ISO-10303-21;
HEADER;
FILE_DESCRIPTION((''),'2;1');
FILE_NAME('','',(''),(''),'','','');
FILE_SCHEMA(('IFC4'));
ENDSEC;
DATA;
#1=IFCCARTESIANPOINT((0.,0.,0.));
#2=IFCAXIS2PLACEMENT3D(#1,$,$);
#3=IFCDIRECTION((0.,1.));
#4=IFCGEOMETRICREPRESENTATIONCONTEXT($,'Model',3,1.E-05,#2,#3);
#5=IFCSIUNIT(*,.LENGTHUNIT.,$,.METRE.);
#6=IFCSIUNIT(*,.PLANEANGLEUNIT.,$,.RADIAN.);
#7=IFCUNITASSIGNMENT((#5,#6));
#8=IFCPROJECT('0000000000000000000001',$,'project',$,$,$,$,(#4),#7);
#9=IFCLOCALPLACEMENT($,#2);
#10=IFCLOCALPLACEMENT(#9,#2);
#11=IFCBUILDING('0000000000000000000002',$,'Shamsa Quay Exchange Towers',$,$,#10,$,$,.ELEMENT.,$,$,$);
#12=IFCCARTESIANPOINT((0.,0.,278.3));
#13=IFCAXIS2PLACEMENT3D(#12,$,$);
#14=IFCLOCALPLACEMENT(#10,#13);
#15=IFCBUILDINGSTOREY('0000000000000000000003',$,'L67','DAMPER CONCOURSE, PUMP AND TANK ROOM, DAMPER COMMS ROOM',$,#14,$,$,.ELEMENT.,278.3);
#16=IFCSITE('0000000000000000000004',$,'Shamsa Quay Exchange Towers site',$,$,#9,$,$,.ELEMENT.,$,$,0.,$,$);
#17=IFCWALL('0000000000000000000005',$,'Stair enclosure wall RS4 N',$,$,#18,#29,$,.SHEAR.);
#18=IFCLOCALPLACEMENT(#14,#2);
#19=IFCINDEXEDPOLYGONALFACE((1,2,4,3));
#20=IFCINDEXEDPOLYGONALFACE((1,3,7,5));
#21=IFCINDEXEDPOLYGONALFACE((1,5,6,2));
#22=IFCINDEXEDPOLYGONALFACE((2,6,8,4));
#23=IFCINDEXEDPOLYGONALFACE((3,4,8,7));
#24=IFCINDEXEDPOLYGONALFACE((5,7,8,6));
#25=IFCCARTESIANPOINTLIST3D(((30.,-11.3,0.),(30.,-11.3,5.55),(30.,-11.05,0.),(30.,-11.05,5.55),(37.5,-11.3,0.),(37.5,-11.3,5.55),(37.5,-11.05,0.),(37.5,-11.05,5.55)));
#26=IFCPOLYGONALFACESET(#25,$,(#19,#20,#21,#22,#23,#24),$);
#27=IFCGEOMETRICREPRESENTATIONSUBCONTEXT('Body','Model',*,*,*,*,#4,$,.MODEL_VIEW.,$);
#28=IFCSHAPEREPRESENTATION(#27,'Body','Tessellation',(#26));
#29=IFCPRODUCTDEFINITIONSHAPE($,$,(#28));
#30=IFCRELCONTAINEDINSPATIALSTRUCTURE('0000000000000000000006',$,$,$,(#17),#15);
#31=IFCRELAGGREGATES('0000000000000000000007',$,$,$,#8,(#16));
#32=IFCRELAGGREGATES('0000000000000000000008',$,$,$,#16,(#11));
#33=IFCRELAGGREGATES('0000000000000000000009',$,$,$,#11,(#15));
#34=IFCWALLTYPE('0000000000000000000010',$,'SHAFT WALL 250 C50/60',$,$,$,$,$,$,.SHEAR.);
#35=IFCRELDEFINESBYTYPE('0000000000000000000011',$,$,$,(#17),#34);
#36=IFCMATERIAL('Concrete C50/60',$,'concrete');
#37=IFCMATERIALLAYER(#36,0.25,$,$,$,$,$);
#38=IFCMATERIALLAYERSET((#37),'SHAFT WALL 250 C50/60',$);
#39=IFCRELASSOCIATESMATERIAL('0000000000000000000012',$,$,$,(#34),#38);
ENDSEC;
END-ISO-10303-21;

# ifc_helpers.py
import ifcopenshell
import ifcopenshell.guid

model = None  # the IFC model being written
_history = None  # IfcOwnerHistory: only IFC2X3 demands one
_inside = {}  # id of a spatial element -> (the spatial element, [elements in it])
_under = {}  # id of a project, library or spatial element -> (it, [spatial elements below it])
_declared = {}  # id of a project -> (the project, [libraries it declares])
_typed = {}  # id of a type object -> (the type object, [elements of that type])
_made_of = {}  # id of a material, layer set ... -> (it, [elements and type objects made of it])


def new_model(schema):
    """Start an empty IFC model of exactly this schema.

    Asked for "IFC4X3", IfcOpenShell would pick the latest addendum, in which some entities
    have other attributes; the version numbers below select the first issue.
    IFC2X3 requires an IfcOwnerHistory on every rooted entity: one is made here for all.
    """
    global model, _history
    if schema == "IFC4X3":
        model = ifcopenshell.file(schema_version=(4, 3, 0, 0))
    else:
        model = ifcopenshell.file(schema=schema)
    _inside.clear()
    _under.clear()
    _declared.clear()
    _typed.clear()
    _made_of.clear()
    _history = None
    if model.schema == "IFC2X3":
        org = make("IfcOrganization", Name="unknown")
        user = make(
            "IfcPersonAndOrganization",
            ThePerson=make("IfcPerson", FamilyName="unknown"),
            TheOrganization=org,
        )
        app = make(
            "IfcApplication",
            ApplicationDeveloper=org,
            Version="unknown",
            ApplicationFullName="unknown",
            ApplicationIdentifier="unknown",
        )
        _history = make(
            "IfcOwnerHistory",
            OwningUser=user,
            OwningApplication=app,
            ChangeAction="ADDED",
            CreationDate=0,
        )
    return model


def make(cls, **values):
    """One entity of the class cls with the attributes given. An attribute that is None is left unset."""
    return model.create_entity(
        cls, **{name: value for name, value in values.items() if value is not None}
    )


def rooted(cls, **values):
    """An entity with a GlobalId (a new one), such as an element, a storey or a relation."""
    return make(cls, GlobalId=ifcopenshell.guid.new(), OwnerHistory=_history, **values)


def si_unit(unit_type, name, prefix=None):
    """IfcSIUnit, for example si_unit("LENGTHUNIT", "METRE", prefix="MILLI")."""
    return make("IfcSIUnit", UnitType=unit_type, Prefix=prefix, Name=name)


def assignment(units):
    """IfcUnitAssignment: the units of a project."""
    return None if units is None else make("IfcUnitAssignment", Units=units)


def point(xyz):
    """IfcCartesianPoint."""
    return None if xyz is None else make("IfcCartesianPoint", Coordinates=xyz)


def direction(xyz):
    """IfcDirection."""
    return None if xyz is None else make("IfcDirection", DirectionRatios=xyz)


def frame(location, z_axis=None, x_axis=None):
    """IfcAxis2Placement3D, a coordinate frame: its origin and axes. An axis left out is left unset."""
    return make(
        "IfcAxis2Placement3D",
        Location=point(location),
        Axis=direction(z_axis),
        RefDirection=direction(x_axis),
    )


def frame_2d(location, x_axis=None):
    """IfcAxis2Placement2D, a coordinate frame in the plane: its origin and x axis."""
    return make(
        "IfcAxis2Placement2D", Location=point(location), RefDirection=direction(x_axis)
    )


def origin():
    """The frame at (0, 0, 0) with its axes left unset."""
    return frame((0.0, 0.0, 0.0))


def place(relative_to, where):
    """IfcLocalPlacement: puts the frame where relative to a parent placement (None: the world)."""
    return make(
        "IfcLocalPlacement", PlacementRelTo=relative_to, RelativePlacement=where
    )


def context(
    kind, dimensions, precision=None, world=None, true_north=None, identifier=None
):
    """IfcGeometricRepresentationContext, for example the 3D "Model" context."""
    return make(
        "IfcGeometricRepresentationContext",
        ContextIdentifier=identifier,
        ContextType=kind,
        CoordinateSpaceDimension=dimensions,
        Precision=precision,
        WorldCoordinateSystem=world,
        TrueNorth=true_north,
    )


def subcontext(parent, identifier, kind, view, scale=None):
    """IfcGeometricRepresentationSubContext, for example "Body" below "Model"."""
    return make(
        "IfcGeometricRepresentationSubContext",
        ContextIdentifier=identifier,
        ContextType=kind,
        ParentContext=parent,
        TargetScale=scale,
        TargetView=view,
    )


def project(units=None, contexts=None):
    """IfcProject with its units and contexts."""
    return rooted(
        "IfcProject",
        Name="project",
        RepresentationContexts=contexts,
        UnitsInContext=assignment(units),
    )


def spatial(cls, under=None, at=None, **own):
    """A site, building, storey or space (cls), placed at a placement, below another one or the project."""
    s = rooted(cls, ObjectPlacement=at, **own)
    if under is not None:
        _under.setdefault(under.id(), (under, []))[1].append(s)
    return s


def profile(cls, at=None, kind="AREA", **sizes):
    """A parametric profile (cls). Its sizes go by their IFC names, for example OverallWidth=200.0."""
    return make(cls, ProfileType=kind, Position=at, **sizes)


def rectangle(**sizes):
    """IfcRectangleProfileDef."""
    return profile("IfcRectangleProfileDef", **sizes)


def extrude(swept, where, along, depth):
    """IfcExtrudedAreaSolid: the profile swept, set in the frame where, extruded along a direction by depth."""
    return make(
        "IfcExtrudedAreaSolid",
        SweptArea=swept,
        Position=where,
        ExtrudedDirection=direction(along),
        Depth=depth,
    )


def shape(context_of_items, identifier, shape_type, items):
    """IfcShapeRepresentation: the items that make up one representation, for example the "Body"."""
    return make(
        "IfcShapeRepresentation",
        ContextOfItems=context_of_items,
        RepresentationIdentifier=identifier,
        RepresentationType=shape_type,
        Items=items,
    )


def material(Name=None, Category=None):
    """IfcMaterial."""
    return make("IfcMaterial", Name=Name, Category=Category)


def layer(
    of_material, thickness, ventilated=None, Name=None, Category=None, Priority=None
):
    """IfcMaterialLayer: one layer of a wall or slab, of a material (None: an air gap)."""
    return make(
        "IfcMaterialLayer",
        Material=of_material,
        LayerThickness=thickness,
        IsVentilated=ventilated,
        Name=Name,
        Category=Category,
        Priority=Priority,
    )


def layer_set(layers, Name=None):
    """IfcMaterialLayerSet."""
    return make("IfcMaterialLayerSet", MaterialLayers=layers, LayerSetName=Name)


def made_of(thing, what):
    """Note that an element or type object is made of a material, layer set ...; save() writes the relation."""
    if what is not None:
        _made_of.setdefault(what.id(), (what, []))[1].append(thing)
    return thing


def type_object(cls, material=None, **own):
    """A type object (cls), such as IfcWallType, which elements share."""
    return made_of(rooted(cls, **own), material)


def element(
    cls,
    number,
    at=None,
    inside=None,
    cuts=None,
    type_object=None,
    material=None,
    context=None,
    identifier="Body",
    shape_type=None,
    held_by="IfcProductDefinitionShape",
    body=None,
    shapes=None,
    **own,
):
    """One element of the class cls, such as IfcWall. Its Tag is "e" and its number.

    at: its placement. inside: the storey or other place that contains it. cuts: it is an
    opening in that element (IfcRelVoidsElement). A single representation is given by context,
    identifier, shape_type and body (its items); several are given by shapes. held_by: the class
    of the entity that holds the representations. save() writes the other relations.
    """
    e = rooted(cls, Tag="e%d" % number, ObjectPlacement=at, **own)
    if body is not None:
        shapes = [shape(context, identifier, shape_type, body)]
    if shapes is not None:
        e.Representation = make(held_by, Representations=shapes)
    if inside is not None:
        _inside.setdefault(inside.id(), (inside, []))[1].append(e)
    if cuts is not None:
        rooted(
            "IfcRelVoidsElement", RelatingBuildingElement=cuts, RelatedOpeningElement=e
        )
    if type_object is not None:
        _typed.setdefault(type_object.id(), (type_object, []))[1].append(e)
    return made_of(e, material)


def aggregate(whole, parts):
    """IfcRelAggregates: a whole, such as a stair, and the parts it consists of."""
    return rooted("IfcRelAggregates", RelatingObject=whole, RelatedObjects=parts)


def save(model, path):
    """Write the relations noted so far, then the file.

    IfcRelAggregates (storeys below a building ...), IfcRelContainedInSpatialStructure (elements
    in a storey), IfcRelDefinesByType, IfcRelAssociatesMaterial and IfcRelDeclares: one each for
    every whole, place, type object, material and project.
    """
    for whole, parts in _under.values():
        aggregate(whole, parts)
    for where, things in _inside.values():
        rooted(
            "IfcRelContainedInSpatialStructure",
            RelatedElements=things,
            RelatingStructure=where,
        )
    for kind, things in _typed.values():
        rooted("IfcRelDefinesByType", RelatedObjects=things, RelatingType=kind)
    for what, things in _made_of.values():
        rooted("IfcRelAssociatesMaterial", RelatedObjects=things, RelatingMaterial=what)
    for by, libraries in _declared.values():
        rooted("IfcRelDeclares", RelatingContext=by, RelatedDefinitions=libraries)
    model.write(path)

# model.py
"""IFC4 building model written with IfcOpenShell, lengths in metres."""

from ifc_helpers import new_model, si_unit, direction, frame, frame_2d, origin, place, context, subcontext, project, spatial, rectangle, extrude, material, layer, layer_set, type_object, element, save


model = new_model("IFC4")

# Units and contexts
model_context = context("Model", 3, precision=1e-05, world=origin(), true_north=direction((0.0, 1.0)))
body_context = subcontext(model_context, "Body", "Model", "MODEL_VIEW")
ifc_project = project(units=[si_unit("LENGTHUNIT", "METRE"), si_unit("PLANEANGLEUNIT", "RADIAN")], contexts=[model_context])

# Site, building, storey
site_placement = place(None, origin())
site = spatial("IfcSite", under=ifc_project, at=site_placement, Name="Shamsa Quay Exchange Towers site", CompositionType="ELEMENT", RefElevation=0.0)
building_placement = place(site_placement, origin())
building = spatial("IfcBuilding", under=site, at=building_placement, Name="Shamsa Quay Exchange Towers", CompositionType="ELEMENT")
storey_placement = place(building_placement, frame((0.0, 0.0, 278.3)))
storey = spatial("IfcBuildingStorey", under=building, at=storey_placement, Name="L67", Description="DAMPER CONCOURSE, PUMP AND TANK ROOM, DAMPER COMMS ROOM", CompositionType="ELEMENT", Elevation=278.3)

# Wall
ifc_material_1 = material(Name="Concrete C50/60", Category="concrete")
ifc_layer_1 = layer(ifc_material_1, 0.25)
ifc_layer_set_1 = layer_set([ifc_layer_1], Name="SHAFT WALL 250 C50/60")
wall_type_1 = type_object("IfcWallType", Name="SHAFT WALL 250 C50/60", PredefinedType="SHEAR", material=ifc_layer_set_1)
wall_1_placement = place(storey_placement, frame((30.0, -11.175, 0.0)))
element("IfcWall", 1, at=wall_1_placement, inside=storey, type_object=wall_type_1, Name="Stair enclosure wall RS4 N", PredefinedType="SHEAR", context=body_context, shape_type="SweptSolid", body=[
    extrude(rectangle(XDim=7.5, YDim=0.25, at=frame_2d((3.75, 0.0))), origin(), (0.0, 0.0, 1.0), 5.55),
])

save(model, "model.ifc")
